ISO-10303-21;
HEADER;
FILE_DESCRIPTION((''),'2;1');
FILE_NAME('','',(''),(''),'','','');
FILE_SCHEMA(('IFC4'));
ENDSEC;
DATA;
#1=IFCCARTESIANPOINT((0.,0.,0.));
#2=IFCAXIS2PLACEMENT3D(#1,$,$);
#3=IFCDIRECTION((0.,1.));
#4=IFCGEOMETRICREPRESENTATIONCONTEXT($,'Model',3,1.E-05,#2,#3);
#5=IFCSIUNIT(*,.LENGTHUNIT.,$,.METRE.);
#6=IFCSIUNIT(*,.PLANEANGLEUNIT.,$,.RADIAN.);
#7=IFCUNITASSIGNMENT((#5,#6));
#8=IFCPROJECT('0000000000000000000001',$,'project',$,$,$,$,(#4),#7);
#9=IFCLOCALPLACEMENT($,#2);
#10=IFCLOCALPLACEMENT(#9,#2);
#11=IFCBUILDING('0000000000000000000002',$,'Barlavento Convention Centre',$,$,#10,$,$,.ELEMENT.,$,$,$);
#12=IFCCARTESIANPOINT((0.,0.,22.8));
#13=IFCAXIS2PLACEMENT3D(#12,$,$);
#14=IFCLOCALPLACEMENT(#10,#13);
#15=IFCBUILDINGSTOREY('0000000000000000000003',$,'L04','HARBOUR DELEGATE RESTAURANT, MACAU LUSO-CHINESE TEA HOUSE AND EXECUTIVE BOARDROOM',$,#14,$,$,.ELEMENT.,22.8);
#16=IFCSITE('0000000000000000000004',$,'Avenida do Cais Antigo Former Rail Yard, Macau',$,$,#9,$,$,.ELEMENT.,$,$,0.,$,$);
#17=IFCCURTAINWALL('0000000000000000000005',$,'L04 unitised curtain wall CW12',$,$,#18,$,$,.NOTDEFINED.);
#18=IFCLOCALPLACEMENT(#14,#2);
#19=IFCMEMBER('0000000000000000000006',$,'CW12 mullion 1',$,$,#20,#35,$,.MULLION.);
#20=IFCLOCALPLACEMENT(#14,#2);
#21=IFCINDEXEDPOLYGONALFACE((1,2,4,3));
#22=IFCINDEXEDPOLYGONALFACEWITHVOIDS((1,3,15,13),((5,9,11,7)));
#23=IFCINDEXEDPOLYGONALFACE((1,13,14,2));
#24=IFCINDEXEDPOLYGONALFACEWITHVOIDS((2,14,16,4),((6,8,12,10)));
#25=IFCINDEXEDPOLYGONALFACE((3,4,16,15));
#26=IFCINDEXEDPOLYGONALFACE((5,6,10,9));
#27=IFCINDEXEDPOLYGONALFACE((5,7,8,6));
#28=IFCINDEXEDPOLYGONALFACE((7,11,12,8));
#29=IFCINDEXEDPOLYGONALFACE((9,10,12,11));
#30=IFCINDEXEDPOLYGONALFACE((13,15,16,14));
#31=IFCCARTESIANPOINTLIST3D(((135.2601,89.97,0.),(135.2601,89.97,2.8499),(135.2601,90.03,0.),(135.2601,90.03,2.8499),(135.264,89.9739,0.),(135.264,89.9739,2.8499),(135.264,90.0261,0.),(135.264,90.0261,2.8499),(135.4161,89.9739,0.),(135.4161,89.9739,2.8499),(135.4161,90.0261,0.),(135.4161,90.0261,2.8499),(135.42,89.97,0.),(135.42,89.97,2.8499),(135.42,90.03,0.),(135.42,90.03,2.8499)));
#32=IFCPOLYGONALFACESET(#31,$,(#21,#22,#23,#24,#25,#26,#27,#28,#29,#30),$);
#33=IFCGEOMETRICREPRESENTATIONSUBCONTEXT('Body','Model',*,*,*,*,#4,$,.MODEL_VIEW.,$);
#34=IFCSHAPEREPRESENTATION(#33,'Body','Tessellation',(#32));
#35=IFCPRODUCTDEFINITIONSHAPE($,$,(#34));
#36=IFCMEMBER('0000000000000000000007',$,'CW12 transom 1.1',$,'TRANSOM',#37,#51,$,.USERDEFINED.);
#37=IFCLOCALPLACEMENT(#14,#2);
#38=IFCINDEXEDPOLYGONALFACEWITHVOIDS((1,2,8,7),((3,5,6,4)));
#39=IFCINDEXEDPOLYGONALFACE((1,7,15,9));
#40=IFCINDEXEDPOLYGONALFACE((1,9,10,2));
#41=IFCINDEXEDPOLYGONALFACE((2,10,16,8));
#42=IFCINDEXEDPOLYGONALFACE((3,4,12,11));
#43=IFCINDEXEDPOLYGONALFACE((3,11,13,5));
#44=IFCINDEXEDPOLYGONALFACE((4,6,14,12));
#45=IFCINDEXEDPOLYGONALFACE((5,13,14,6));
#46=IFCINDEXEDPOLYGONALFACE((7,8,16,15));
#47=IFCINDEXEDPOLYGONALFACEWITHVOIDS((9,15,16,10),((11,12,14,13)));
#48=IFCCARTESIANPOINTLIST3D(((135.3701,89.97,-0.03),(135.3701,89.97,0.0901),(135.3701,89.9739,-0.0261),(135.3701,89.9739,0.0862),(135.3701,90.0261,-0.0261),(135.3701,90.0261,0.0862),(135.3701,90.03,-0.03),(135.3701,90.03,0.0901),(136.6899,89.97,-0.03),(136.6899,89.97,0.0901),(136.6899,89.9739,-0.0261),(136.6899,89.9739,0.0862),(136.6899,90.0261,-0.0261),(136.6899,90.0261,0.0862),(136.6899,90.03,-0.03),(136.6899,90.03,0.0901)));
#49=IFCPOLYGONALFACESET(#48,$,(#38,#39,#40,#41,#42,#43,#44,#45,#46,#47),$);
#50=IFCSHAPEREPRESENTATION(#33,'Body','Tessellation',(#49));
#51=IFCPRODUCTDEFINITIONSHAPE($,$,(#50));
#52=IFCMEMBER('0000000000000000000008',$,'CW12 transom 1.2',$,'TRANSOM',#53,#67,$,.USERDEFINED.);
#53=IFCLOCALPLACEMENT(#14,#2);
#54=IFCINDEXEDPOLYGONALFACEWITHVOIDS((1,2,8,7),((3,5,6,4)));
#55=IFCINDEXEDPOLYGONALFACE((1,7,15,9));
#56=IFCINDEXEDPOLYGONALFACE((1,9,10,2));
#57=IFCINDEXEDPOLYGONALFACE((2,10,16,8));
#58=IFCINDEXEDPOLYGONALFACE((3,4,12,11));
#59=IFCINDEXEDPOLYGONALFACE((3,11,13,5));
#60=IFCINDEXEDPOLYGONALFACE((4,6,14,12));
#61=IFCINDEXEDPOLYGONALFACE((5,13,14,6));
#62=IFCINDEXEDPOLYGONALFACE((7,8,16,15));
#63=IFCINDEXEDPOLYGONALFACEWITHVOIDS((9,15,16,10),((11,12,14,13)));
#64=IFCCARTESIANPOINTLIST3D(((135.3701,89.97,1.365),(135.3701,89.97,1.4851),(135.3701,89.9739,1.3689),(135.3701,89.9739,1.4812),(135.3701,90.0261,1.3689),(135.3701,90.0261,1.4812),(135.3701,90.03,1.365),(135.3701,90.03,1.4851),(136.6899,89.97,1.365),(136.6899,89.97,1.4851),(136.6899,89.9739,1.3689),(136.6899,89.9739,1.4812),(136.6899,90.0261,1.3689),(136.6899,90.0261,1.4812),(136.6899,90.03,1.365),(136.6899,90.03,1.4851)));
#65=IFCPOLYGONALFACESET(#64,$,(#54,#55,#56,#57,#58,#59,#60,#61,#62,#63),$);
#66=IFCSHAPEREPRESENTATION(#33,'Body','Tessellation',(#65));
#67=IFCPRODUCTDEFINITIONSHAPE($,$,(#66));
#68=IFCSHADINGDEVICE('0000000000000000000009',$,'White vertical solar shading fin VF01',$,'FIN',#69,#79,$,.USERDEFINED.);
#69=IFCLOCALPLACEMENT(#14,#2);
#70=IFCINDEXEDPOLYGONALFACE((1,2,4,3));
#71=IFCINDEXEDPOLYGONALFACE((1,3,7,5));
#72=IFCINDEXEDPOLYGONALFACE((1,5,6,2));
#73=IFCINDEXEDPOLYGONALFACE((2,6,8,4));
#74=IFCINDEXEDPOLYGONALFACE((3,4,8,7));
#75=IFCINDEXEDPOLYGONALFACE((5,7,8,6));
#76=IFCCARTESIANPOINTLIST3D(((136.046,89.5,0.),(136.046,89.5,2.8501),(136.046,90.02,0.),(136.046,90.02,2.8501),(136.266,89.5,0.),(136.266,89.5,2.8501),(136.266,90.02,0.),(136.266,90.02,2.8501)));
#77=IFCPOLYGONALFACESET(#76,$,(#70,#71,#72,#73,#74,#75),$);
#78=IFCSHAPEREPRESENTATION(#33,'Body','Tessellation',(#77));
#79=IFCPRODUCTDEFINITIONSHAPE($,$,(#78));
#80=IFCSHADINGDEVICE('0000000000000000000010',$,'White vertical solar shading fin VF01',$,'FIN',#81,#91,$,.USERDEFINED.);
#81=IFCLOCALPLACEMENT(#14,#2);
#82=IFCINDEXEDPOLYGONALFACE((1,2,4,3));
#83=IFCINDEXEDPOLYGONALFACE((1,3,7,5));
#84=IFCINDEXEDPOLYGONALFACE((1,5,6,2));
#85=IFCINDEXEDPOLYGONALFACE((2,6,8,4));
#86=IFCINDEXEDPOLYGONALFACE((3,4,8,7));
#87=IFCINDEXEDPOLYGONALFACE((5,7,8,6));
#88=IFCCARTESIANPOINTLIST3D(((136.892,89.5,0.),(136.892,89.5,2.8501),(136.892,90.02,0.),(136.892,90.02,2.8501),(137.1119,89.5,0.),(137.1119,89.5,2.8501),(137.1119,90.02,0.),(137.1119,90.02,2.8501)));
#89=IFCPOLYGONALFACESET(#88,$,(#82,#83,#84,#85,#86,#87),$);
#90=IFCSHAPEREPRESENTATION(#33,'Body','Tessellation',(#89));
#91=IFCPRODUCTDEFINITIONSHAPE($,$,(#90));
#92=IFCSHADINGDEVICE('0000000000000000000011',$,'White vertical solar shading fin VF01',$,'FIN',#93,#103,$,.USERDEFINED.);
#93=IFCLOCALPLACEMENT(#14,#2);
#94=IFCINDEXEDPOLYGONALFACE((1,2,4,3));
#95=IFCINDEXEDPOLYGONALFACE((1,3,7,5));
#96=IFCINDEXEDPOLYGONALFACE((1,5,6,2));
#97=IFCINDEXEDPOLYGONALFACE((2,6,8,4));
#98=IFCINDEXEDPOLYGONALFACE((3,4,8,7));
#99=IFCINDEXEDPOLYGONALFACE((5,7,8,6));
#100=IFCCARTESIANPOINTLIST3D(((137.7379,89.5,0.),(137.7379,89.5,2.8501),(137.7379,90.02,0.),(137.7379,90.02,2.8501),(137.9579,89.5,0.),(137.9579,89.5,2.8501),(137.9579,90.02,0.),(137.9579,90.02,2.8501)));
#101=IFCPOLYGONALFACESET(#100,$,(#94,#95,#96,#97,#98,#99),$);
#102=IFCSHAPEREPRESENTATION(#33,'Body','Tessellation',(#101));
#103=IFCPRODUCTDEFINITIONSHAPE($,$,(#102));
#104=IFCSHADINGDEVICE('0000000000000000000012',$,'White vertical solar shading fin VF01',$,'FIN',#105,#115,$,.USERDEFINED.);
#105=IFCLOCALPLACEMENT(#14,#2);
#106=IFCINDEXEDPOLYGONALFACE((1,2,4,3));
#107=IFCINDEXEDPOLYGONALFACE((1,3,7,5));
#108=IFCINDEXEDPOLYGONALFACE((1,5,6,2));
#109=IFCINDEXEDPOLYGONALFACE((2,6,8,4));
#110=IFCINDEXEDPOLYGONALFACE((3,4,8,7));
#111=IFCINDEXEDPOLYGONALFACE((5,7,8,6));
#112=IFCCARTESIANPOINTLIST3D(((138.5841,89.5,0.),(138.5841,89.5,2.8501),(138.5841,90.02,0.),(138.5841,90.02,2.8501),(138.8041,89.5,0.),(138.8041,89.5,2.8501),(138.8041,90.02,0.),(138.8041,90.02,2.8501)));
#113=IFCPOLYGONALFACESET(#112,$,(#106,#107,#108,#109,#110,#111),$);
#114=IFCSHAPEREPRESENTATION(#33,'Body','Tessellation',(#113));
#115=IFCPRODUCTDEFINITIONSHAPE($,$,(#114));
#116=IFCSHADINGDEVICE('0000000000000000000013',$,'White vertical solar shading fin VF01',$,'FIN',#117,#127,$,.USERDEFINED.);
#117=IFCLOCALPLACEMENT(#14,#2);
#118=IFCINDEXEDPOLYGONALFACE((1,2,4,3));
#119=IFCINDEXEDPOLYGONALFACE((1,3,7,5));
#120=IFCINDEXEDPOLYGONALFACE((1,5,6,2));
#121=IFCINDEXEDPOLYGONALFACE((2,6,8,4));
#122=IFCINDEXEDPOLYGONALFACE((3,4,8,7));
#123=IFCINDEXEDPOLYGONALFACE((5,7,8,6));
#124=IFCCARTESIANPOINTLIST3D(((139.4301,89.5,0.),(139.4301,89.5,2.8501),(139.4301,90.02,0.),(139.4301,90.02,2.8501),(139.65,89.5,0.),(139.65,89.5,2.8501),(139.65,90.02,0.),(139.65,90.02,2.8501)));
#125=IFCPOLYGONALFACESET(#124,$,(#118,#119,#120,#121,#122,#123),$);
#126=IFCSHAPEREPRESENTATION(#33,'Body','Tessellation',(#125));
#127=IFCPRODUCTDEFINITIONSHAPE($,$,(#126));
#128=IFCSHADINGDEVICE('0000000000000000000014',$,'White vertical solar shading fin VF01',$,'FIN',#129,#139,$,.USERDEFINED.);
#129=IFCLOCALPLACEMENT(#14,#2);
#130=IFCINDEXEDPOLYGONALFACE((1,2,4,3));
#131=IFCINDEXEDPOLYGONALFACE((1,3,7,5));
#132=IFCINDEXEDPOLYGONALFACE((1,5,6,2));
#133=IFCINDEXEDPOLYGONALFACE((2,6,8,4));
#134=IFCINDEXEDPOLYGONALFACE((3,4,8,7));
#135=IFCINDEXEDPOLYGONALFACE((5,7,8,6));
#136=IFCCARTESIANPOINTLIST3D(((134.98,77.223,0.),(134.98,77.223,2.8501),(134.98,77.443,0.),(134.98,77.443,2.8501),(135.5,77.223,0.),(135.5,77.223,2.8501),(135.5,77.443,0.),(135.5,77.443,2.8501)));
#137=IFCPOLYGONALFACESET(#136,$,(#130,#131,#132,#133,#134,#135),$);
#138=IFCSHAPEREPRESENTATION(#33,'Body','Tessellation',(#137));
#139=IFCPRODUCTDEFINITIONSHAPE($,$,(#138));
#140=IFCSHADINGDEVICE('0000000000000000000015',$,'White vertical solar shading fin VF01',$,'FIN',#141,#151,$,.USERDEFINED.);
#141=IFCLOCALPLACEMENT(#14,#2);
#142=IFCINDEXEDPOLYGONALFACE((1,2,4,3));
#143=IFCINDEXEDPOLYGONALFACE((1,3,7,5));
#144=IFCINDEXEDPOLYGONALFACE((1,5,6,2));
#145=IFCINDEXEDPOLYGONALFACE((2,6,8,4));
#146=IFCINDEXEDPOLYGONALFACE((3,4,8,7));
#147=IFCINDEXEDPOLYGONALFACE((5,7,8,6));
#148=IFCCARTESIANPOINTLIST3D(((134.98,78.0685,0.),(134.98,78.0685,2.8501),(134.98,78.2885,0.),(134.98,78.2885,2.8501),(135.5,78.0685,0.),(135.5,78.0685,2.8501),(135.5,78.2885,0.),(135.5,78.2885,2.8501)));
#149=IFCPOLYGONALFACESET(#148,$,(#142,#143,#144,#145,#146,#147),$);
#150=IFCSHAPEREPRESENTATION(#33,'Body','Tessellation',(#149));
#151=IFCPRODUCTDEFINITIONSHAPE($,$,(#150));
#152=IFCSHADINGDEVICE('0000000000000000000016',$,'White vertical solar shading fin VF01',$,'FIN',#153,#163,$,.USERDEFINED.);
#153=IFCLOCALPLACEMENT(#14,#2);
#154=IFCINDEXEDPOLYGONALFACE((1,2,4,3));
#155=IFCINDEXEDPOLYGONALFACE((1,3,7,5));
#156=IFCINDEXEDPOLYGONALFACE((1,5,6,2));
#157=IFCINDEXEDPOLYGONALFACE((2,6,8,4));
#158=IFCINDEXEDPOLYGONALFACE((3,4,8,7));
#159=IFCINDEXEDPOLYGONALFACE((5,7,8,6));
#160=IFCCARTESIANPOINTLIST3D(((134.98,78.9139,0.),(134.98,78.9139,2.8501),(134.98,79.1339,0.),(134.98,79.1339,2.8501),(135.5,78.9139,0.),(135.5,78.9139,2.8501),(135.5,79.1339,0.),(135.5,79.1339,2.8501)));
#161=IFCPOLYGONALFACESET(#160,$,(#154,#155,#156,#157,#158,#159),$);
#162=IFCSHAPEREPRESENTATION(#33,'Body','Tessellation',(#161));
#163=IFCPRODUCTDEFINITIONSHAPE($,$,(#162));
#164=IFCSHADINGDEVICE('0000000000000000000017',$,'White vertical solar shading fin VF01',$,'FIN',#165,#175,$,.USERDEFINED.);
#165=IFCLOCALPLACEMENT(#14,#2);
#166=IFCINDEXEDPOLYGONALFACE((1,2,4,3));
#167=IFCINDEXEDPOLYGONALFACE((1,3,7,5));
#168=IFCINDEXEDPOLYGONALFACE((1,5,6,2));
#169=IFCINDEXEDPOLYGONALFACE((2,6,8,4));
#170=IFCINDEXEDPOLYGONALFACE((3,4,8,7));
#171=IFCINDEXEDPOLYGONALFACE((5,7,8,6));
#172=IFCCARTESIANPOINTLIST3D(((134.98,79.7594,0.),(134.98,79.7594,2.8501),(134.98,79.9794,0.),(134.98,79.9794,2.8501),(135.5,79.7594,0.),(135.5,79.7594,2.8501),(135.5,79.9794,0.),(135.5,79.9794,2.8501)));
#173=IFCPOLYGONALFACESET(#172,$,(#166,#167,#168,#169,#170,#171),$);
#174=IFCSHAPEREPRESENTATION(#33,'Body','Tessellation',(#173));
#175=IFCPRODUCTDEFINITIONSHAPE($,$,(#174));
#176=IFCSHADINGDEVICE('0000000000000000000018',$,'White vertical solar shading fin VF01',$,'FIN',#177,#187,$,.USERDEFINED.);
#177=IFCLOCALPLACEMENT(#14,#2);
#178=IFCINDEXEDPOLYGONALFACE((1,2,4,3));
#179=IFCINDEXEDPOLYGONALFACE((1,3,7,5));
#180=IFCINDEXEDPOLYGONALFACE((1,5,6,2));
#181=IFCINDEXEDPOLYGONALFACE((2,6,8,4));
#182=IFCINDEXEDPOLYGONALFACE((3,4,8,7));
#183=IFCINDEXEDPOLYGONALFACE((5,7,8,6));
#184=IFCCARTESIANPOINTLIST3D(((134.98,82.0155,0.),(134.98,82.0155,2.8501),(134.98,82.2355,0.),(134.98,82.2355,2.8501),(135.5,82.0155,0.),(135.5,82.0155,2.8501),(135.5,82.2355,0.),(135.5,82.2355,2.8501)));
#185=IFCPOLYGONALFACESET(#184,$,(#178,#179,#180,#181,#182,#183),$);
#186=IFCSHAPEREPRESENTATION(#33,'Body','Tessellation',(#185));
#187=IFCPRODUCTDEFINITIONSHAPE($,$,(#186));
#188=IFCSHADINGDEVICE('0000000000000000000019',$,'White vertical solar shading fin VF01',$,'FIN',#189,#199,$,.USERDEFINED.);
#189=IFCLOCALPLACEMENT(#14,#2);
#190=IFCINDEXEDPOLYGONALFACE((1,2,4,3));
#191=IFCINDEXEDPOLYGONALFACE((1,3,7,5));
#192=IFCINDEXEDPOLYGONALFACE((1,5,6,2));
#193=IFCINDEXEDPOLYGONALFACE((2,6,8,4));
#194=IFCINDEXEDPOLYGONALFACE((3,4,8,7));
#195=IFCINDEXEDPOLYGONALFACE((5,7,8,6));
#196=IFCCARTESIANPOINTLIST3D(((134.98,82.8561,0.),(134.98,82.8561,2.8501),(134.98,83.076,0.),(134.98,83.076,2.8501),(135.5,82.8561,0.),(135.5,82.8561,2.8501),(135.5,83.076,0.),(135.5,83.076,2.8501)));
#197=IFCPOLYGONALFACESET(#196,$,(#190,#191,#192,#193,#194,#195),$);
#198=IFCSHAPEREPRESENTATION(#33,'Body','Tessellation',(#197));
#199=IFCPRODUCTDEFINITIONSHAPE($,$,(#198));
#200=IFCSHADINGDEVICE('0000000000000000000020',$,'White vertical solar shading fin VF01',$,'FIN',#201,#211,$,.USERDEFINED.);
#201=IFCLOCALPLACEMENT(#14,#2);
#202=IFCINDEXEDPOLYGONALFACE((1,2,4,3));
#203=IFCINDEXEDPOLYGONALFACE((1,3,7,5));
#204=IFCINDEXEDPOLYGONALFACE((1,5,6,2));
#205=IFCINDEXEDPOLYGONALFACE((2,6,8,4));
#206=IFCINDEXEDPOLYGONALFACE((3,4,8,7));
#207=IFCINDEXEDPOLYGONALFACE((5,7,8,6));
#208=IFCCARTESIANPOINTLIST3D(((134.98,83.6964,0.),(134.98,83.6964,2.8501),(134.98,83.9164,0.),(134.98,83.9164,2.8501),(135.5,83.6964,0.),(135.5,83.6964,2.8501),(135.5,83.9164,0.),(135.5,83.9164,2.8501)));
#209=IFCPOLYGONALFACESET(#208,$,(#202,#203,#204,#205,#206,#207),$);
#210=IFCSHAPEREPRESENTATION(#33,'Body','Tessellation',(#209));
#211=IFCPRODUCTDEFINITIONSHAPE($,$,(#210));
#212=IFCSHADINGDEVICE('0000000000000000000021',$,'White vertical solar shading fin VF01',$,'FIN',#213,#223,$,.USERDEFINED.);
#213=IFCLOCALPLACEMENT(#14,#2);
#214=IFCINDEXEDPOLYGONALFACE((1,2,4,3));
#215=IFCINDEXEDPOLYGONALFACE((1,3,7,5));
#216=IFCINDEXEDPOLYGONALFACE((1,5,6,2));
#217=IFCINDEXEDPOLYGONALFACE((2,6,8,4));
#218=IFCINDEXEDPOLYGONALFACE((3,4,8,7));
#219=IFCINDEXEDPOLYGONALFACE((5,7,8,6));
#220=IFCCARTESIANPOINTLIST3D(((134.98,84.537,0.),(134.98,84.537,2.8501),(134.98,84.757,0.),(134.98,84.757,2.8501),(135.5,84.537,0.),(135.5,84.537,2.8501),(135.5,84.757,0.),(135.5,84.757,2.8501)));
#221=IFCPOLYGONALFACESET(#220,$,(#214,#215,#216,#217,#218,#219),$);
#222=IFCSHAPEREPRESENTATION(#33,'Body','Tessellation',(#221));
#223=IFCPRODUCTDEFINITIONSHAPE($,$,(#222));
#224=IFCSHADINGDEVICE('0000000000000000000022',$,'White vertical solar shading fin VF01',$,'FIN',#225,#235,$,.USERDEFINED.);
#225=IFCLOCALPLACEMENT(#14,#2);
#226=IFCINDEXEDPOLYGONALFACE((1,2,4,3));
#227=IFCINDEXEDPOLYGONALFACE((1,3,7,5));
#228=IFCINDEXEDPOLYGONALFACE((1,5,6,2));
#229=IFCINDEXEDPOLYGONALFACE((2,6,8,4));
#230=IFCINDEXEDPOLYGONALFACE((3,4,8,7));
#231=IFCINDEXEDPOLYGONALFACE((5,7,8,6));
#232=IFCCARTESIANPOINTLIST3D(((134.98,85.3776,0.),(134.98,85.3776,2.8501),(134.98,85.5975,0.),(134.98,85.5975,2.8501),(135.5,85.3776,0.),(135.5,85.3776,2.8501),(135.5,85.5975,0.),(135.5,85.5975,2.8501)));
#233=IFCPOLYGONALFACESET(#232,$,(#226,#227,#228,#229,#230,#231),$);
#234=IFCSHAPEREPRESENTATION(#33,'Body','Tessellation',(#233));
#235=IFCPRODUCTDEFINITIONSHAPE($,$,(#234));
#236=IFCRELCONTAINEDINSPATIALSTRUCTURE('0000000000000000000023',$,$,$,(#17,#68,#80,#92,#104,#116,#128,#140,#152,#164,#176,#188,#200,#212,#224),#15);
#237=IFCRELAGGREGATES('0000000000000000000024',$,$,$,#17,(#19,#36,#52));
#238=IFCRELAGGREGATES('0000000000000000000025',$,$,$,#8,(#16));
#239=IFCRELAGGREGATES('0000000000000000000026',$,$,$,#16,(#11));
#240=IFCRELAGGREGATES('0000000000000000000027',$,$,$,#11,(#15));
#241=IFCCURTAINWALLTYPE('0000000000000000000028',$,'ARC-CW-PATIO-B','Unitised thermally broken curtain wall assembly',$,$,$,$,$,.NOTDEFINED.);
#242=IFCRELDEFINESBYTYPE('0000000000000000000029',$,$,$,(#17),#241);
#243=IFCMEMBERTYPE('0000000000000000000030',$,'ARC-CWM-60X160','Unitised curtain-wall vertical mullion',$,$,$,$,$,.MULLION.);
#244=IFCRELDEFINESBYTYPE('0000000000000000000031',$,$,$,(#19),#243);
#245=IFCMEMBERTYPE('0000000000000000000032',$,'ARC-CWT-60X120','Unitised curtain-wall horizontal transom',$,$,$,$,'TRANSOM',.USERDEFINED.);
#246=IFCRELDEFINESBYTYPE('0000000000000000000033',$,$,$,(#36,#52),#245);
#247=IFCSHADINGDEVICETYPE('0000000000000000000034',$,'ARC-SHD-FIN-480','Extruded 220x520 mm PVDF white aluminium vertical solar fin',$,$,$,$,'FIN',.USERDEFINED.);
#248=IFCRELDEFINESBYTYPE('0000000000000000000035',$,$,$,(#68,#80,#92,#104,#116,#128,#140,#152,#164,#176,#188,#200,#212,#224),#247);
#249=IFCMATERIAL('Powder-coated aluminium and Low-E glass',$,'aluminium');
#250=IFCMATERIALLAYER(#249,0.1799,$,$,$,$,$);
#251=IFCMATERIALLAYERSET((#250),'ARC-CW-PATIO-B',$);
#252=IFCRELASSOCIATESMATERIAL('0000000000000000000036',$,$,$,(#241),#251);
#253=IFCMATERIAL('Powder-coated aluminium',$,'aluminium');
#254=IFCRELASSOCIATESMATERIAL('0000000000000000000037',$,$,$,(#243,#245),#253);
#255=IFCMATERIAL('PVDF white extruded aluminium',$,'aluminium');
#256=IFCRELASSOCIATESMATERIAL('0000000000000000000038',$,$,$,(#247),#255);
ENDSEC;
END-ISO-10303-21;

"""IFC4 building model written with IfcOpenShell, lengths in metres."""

from ifc_helpers import new_model, si_unit, direction, frame, origin, origin_2d, place, context, subcontext, project, spatial, rectangle, hollow_rectangle, extrude, material, layer, layer_set, material_profile, profile_set, type_object, element, aggregate, save


model = new_model("IFC4")

# Units and contexts
model_context = context("Model", 3, precision=1e-05, world=origin(), true_north=direction((0.0, 1.0)))
body_context = subcontext(model_context, "Body", "Model", "MODEL_VIEW")
ifc_project = project(units=[si_unit("LENGTHUNIT", "METRE"), si_unit("PLANEANGLEUNIT", "RADIAN")], contexts=[model_context])

# Site, building, storey
site_placement = place(None, origin())
site = spatial("IfcSite", under=ifc_project, at=site_placement, Name="Avenida do Cais Antigo Former Rail Yard, Macau", CompositionType="ELEMENT", RefElevation=0.0)
building_placement = place(site_placement, origin())
building = spatial("IfcBuilding", under=site, at=building_placement, Name="Barlavento Convention Centre", CompositionType="ELEMENT")
storey_placement = place(building_placement, frame((0.0, 0.0, 22.8)))
storey = spatial("IfcBuildingStorey", under=building, at=storey_placement, Name="L04", Description="HARBOUR DELEGATE RESTAURANT, MACAU LUSO-CHINESE TEA HOUSE AND EXECUTIVE BOARDROOM", CompositionType="ELEMENT", Elevation=22.8)

# Curtain wall, members
ifc_material_1 = material(Name="Powder-coated aluminium and Low-E glass", Category="aluminium")
ifc_layer = layer(ifc_material_1, 0.1799)
ifc_layer_set = layer_set([ifc_layer], Name="ARC-CW-PATIO-B")
curtain_wall_type = type_object("IfcCurtainWallType", Name="ARC-CW-PATIO-B", Description="Unitised thermally broken curtain wall assembly", PredefinedType="NOTDEFINED", material=ifc_layer_set)
curtain_wall_placement = place(storey_placement, origin())
curtain_wall = element("IfcCurtainWall", 1, at=curtain_wall_placement, inside=storey, type_object=curtain_wall_type, Name="L04 unitised curtain wall CW12", PredefinedType="NOTDEFINED")
ifc_material_2 = material(Name="Powder-coated aluminium", Category="aluminium")
ifc_material_profile_1 = material_profile(ifc_material_2, hollow_rectangle(XDim=0.0601, YDim=0.1599, WallThickness=0.0039, at=origin_2d()), Name="AL-MULL 60x160x4")
ifc_profile_set_1 = profile_set([ifc_material_profile_1], Name="Powder-coated aluminium")
member_type_1 = type_object("IfcMemberType", Name="ARC-CWM-60X160", Description="Unitised curtain-wall vertical mullion", PredefinedType="MULLION", material=ifc_profile_set_1)
member_1_placement = place(storey_placement, frame((135.3401, 90.0, 0.0), z_axis=(0.0, 0.0, 1.0), x_axis=(0.0, 1.0, 0.0)))
member_1 = element("IfcMember", 2, at=member_1_placement, type_object=member_type_1, Name="CW12 mullion 1", PredefinedType="MULLION", context=body_context, shape_type="SweptSolid", body=[
    extrude(hollow_rectangle(XDim=0.0601, YDim=0.1599, WallThickness=0.0039, at=origin_2d()), origin(), (0.0, 0.0, 1.0), 2.8499),
])
ifc_material_profile_2 = material_profile(ifc_material_2, hollow_rectangle(XDim=0.0601, YDim=0.1201, WallThickness=0.0039, at=origin_2d()), Name="AL-TRAN 60x120x4")
ifc_profile_set_2 = profile_set([ifc_material_profile_2], Name="Powder-coated aluminium")
member_type_2 = type_object("IfcMemberType", Name="ARC-CWT-60X120", Description="Unitised curtain-wall horizontal transom", ElementType="TRANSOM", PredefinedType="USERDEFINED", material=ifc_profile_set_2)
member_2_placement = place(storey_placement, frame((135.3701, 90.0, 0.03), z_axis=(1.0, 0.0, 0.0), x_axis=(0.0, 1.0, 0.0)))
member_2 = element("IfcMember", 3, at=member_2_placement, type_object=member_type_2, Name="CW12 transom 1.1", ObjectType="TRANSOM", PredefinedType="USERDEFINED", context=body_context, shape_type="SweptSolid", body=[
    extrude(hollow_rectangle(XDim=0.0601, YDim=0.1201, WallThickness=0.0039, at=origin_2d()), origin(), (0.0, 0.0, 1.0), 1.3198),
])
member_3_placement = place(storey_placement, frame((135.3701, 90.0, 1.425), z_axis=(1.0, 0.0, 0.0), x_axis=(0.0, 1.0, 0.0)))
member_3 = element("IfcMember", 4, at=member_3_placement, type_object=member_type_2, Name="CW12 transom 1.2", ObjectType="TRANSOM", PredefinedType="USERDEFINED", context=body_context, shape_type="SweptSolid", body=[
    extrude(hollow_rectangle(XDim=0.0601, YDim=0.1201, WallThickness=0.0039, at=origin_2d()), origin(), (0.0, 0.0, 1.0), 1.3198),
])
aggregate(curtain_wall, [member_1, member_2, member_3])

# Shading devices
ifc_material_3 = material(Name="PVDF white extruded aluminium", Category="aluminium")
shading_device_type = type_object("IfcShadingDeviceType", Name="ARC-SHD-FIN-480", Description="Extruded 220x520 mm PVDF white aluminium vertical solar fin", ElementType="FIN", PredefinedType="USERDEFINED", material=ifc_material_3)
for number, where, z_axis, x_axis, name in (
    (5, (136.156, 89.76, 0.0), (0.0, 0.0, 1.0), (1.0, 0.0, 0.0), "White vertical solar shading fin VF01"),
    (6, (137.002, 89.76, 0.0), (0.0, 0.0, 1.0), (1.0, 0.0, 0.0), "White vertical solar shading fin VF01"),
    (7, (137.8479, 89.76, 0.0), (0.0, 0.0, 1.0), (1.0, 0.0, 0.0), "White vertical solar shading fin VF01"),
    (8, (138.6941, 89.76, 0.0), (0.0, 0.0, 1.0), (1.0, 0.0, 0.0), "White vertical solar shading fin VF01"),
    (9, (139.54, 89.76, 0.0), (0.0, 0.0, 1.0), (1.0, 0.0, 0.0), "White vertical solar shading fin VF01"),
    (10, (135.24, 77.333, 0.0), (0.0, 0.0, 1.0), (0.0, 1.0, 0.0), "White vertical solar shading fin VF01"),
    (11, (135.24, 78.1785, 0.0), (0.0, 0.0, 1.0), (0.0, 1.0, 0.0), "White vertical solar shading fin VF01"),
    (12, (135.24, 79.0239, 0.0), (0.0, 0.0, 1.0), (0.0, 1.0, 0.0), "White vertical solar shading fin VF01"),
    (13, (135.24, 79.8694, 0.0), (0.0, 0.0, 1.0), (0.0, 1.0, 0.0), "White vertical solar shading fin VF01"),
    (14, (135.24, 82.1255, 0.0), (0.0, 0.0, 1.0), (0.0, 1.0, 0.0), "White vertical solar shading fin VF01"),
    (15, (135.24, 82.9661, 0.0), (0.0, 0.0, 1.0), (0.0, 1.0, 0.0), "White vertical solar shading fin VF01"),
    (16, (135.24, 83.8064, 0.0), (0.0, 0.0, 1.0), (0.0, 1.0, 0.0), "White vertical solar shading fin VF01"),
    (17, (135.24, 84.647, 0.0), (0.0, 0.0, 1.0), (0.0, 1.0, 0.0), "White vertical solar shading fin VF01"),
    (18, (135.24, 85.4875, 0.0), (0.0, 0.0, 1.0), (0.0, 1.0, 0.0), "White vertical solar shading fin VF01"),
):
    element("IfcShadingDevice", number, at=place(storey_placement, frame(where, z_axis=z_axis, x_axis=x_axis)), inside=storey, type_object=shading_device_type, Name=name, ObjectType="FIN", PredefinedType="USERDEFINED", context=body_context, shape_type="SweptSolid", body=[
        extrude(rectangle(XDim=0.22, YDim=0.52, at=origin_2d()), origin(), (0.0, 0.0, 1.0), 2.8501),
    ])

save(model, "model.ifc")
